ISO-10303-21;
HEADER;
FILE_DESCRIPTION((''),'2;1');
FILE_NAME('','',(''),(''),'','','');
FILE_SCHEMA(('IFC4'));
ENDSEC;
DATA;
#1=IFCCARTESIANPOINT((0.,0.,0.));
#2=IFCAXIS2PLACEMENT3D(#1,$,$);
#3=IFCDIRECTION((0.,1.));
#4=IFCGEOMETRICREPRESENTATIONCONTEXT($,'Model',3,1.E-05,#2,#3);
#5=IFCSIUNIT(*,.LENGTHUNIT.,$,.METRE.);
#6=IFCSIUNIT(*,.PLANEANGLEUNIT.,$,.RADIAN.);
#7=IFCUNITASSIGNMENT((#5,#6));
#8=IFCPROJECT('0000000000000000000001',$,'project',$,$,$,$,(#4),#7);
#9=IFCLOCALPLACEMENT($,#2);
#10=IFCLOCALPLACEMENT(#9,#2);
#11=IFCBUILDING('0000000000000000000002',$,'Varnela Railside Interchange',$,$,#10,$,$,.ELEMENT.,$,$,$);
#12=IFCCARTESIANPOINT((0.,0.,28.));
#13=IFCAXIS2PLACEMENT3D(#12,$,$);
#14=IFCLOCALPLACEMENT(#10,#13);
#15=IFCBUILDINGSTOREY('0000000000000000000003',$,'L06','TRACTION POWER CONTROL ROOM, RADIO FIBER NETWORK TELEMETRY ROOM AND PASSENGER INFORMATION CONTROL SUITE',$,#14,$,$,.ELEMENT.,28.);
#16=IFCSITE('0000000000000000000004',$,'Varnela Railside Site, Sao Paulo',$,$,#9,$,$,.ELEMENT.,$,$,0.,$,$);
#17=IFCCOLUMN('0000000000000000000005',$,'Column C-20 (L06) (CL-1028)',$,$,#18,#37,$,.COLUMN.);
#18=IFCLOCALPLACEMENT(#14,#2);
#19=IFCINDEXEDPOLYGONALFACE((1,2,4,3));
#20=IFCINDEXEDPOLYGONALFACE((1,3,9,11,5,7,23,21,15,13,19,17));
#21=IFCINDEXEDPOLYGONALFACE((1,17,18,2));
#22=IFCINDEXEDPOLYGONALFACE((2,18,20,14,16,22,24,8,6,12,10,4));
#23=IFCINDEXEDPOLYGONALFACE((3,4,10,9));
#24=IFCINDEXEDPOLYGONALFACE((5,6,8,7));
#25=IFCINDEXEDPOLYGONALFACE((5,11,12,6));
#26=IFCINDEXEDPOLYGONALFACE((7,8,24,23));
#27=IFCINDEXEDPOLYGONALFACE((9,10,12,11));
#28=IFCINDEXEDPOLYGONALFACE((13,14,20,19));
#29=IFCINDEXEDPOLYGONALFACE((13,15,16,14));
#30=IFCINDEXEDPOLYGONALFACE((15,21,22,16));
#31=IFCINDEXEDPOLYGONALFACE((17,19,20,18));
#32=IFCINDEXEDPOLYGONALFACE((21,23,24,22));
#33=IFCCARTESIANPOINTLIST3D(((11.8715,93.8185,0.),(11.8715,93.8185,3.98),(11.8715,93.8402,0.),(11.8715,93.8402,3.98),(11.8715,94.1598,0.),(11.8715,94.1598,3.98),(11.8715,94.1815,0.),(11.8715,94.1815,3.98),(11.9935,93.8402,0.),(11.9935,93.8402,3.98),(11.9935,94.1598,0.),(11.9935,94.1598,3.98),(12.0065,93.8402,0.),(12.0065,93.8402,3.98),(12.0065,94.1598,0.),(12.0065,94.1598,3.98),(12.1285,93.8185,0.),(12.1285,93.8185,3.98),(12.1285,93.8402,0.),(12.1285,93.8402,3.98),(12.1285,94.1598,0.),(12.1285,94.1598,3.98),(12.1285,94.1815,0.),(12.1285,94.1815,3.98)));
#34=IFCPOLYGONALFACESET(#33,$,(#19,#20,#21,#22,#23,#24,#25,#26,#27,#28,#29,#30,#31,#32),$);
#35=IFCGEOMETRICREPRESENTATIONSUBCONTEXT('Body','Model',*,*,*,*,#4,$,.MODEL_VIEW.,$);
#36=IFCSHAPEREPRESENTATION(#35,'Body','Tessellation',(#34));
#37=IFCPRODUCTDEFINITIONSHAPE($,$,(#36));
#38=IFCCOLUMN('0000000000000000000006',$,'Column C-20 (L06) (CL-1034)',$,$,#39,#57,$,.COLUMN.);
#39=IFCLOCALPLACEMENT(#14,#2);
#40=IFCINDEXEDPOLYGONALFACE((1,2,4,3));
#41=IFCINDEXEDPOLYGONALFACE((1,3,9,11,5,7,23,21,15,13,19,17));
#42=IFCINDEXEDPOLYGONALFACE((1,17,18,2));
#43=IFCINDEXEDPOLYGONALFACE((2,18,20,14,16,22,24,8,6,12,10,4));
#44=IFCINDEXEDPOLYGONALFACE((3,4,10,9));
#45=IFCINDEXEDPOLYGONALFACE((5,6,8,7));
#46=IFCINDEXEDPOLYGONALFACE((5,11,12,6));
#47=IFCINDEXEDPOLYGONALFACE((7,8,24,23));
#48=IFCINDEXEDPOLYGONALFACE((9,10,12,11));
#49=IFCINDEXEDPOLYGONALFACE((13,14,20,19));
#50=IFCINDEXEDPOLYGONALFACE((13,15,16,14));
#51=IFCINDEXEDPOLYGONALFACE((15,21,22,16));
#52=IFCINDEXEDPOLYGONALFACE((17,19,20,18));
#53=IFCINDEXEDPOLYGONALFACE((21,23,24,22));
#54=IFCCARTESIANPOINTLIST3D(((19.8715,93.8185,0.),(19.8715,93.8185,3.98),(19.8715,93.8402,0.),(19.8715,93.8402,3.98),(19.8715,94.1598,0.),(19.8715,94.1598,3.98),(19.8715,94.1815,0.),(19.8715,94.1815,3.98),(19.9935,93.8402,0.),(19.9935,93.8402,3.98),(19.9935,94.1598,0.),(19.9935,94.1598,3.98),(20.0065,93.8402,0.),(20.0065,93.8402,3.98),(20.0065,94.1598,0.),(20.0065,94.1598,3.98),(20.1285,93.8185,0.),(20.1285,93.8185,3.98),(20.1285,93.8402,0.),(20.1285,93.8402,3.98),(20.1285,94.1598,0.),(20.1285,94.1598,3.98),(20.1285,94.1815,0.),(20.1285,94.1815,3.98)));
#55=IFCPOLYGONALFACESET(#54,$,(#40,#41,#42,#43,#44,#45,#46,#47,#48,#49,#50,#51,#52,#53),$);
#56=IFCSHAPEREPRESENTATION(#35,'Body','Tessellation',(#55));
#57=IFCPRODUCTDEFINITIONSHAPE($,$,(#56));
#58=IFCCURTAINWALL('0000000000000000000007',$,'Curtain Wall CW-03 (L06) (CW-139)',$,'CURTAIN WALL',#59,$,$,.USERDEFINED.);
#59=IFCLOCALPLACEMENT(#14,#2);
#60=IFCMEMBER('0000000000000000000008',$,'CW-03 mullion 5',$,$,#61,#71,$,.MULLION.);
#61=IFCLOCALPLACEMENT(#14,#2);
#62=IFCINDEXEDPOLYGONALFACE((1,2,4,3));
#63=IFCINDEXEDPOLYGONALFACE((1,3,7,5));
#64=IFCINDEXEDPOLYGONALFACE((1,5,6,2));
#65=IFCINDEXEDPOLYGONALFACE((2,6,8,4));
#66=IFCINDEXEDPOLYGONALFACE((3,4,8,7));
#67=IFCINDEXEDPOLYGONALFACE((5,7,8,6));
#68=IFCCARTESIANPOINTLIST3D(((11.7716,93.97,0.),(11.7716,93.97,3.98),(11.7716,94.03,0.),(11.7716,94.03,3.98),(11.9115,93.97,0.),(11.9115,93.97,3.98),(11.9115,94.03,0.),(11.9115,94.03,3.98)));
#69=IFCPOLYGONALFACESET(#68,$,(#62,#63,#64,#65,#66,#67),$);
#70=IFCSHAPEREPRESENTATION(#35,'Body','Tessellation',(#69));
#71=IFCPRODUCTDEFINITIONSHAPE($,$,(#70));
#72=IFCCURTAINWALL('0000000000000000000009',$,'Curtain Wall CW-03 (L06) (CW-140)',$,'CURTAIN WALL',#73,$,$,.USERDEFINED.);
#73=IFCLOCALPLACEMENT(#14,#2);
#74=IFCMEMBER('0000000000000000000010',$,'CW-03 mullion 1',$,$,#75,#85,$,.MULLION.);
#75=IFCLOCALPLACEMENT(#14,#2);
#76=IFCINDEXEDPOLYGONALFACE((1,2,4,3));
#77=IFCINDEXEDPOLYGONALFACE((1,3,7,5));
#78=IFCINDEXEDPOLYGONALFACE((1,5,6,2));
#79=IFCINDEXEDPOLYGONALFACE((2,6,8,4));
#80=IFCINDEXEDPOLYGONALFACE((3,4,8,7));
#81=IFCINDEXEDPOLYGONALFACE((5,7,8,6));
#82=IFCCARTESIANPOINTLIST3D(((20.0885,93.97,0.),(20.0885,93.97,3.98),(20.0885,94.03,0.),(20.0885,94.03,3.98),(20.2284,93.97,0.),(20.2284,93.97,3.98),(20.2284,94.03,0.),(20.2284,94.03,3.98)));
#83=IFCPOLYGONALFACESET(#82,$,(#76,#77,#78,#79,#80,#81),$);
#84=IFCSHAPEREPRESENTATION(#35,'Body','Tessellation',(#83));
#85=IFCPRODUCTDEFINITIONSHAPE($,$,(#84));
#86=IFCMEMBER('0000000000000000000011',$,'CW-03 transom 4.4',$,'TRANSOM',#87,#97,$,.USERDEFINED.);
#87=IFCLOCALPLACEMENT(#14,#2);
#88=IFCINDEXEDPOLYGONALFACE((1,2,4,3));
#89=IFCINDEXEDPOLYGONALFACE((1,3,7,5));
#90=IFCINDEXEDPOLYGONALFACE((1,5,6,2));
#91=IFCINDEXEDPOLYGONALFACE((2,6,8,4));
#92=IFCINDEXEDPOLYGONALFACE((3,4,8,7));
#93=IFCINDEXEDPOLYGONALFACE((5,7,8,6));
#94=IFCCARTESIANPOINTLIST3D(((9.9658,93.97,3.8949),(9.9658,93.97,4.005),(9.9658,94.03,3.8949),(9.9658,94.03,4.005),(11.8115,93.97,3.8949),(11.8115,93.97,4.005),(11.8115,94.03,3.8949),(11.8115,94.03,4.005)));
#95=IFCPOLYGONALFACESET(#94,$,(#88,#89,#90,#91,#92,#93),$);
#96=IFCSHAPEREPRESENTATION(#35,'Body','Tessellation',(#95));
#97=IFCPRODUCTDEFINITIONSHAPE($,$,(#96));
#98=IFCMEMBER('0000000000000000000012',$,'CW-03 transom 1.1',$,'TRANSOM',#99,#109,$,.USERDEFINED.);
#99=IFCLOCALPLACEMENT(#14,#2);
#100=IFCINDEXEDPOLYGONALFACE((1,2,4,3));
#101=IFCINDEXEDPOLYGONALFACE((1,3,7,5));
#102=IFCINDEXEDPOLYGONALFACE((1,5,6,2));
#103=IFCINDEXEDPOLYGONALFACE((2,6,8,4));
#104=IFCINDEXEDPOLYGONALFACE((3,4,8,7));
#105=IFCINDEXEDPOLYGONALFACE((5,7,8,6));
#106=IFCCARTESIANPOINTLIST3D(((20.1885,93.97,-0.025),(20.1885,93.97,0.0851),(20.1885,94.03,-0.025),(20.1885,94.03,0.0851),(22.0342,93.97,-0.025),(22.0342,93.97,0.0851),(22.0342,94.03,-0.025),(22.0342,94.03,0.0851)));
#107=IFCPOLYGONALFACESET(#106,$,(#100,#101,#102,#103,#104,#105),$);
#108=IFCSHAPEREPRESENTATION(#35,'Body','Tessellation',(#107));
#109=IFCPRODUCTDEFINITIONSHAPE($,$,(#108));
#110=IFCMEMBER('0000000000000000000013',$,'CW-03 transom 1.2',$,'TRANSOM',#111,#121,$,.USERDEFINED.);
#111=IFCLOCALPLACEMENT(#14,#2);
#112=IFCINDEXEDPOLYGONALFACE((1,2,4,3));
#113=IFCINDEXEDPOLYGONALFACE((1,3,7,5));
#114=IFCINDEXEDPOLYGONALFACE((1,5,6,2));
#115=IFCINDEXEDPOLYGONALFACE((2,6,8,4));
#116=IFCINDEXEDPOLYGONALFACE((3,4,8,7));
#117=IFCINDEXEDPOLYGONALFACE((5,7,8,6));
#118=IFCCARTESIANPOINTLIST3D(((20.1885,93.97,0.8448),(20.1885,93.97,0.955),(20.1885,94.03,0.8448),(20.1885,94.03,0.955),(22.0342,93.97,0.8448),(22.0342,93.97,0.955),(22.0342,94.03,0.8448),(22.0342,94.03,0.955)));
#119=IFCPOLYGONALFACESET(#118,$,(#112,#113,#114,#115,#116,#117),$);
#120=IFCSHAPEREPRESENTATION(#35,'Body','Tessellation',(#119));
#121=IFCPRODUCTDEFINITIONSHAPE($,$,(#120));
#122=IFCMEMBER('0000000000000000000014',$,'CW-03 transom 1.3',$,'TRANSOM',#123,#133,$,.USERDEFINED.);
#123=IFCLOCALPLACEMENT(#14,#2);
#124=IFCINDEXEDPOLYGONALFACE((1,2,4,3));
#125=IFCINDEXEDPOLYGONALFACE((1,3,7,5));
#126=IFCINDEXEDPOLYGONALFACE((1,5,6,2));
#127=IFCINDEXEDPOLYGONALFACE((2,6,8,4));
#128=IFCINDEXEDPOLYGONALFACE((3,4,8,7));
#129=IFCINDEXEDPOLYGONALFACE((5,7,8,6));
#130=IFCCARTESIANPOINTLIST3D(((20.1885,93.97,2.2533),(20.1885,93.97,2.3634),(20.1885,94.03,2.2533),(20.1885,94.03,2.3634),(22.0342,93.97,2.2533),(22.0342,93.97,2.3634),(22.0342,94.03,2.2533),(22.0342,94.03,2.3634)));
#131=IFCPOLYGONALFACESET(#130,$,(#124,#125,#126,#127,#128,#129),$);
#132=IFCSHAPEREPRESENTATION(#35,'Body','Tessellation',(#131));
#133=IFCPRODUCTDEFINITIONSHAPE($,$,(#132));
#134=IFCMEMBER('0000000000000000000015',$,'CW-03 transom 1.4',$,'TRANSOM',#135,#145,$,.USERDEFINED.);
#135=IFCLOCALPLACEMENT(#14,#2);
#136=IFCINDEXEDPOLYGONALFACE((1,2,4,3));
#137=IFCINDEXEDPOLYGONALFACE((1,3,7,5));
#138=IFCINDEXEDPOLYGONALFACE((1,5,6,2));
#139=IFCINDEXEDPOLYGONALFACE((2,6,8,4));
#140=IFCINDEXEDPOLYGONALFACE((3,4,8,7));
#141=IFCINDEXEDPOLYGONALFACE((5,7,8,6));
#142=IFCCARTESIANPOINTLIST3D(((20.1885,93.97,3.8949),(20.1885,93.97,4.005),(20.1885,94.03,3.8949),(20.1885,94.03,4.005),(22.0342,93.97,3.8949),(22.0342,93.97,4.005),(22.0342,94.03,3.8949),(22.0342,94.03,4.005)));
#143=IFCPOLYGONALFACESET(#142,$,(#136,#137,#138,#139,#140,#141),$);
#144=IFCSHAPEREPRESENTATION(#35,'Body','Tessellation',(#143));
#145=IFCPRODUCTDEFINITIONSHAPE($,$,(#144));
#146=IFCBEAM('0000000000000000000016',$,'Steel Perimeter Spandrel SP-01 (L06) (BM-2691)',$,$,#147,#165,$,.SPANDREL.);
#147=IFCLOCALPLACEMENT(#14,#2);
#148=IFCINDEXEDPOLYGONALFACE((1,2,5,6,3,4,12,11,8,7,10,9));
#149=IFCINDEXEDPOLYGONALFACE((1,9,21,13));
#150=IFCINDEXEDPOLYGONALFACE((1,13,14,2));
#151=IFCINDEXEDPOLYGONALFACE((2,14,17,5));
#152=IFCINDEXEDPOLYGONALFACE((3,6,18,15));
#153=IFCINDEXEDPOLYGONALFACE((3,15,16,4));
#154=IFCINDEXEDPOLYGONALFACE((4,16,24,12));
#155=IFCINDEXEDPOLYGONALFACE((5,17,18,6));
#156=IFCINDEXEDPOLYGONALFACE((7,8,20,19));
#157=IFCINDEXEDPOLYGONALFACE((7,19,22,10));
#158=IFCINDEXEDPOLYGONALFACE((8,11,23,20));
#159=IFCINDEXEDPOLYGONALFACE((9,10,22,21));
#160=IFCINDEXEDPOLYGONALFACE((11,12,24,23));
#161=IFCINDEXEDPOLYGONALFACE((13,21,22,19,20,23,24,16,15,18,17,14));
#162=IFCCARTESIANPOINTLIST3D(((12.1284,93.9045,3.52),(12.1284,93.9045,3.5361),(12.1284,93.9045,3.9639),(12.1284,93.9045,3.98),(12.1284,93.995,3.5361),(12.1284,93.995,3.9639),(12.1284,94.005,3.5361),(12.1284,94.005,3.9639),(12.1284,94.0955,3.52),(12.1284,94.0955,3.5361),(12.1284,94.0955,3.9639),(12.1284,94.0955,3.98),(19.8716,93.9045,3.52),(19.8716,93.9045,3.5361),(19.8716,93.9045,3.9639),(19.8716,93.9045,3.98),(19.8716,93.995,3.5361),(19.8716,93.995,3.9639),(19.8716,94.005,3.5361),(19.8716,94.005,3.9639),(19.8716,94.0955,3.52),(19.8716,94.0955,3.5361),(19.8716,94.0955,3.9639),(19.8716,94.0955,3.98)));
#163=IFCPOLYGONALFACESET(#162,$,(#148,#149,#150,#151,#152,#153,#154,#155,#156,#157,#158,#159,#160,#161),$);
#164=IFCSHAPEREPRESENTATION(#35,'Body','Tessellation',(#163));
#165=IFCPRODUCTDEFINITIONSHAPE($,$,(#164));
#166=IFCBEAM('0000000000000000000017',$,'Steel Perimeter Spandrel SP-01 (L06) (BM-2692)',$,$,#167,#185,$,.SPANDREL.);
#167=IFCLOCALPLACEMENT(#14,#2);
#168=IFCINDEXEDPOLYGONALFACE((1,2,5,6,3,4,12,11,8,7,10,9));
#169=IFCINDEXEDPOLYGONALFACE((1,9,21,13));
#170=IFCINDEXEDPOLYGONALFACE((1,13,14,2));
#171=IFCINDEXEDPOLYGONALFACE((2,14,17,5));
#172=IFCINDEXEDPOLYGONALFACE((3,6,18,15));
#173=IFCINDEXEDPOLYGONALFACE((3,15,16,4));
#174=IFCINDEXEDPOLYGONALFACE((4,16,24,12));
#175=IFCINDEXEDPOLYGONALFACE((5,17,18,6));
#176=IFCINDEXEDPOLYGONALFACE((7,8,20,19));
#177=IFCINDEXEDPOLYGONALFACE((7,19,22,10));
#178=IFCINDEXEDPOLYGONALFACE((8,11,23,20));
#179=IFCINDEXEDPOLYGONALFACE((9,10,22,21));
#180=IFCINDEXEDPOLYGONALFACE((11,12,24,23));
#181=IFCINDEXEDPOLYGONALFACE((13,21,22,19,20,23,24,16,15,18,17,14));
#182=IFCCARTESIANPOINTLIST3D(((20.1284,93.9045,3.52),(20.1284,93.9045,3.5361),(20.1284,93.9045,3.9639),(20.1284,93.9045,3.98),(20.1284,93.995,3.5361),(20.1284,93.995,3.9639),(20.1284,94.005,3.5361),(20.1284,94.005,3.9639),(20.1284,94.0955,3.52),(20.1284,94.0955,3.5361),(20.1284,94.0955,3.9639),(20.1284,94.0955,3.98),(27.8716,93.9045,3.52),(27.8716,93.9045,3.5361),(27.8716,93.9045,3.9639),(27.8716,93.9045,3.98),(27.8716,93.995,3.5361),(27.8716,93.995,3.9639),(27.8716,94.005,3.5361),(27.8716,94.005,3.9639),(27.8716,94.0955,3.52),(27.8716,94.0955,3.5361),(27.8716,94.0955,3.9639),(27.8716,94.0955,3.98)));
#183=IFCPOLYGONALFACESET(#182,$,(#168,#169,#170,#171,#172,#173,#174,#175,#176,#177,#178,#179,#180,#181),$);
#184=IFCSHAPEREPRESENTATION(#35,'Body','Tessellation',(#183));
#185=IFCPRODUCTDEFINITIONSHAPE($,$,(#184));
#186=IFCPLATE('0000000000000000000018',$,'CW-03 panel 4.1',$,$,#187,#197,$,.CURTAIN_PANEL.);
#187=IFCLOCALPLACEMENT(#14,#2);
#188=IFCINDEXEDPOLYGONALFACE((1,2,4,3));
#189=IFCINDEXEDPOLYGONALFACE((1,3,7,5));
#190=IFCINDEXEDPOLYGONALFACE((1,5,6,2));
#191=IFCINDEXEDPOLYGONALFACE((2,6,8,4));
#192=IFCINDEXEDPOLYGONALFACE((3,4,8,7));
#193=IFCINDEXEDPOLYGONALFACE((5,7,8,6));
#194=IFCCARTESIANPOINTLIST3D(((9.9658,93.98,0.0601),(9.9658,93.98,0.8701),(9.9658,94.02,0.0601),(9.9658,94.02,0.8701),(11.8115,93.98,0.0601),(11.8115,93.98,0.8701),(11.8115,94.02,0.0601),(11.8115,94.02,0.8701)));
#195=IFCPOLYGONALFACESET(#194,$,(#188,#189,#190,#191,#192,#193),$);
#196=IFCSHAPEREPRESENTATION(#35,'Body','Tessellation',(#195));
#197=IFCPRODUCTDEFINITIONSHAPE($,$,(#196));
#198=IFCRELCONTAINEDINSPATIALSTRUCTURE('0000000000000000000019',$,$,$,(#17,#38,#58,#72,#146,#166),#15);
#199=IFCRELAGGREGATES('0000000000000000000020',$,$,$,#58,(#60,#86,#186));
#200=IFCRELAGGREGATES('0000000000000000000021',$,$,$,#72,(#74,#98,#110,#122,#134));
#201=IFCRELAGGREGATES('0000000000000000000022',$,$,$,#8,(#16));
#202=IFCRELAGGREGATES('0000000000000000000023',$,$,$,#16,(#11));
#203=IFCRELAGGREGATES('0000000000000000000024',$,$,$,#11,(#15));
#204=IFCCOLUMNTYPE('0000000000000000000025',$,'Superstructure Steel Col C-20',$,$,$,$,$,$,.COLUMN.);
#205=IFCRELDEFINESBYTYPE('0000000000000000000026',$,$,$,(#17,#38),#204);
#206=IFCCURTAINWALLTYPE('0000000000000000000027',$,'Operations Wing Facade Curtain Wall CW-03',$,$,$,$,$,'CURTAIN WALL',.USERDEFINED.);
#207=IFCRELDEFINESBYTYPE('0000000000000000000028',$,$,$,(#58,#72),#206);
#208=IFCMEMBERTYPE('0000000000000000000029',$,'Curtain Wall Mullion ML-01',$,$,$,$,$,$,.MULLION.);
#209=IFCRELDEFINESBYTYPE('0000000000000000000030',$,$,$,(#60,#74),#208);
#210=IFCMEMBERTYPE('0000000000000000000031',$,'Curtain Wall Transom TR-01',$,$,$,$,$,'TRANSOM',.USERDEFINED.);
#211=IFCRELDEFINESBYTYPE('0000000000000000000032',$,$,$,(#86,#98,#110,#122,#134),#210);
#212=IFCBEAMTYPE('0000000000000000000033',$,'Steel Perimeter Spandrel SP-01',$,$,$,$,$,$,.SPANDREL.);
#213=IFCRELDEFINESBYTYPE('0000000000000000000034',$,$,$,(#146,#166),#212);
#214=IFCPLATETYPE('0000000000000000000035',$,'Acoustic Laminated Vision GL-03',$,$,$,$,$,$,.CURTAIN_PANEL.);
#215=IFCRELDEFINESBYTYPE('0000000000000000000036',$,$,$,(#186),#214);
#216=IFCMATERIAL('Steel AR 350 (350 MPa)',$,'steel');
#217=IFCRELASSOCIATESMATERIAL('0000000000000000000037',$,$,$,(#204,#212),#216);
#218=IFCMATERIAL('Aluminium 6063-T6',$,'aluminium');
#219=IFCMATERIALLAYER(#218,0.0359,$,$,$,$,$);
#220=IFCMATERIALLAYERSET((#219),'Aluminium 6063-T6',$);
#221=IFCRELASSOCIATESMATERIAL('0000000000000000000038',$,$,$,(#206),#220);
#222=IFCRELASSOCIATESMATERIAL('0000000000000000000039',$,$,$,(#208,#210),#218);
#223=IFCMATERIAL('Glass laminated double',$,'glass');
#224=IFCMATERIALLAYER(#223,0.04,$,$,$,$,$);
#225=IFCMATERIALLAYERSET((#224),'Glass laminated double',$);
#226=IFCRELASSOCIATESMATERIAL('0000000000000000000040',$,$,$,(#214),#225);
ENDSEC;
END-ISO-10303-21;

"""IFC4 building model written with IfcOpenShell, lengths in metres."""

from ifc_helpers import new_model, si_unit, direction, frame, origin, origin_2d, place, context, subcontext, project, spatial, rectangle, i_section, extrude, material, layer, layer_set, material_profile, profile_set, type_object, element, aggregate, save


model = new_model("IFC4")

# Units and contexts
model_context = context("Model", 3, precision=1e-05, world=origin(), true_north=direction((0.0, 1.0)))
body_context = subcontext(model_context, "Body", "Model", "MODEL_VIEW")
ifc_project = project(units=[si_unit("LENGTHUNIT", "METRE"), si_unit("PLANEANGLEUNIT", "RADIAN")], contexts=[model_context])

# Site, building, storey
site_placement = place(None, origin())
site = spatial("IfcSite", under=ifc_project, at=site_placement, Name="Varnela Railside Site, Sao Paulo", CompositionType="ELEMENT", RefElevation=0.0)
building_placement = place(site_placement, origin())
building = spatial("IfcBuilding", under=site, at=building_placement, Name="Varnela Railside Interchange", CompositionType="ELEMENT")
storey_placement = place(building_placement, frame((0.0, 0.0, 28.0)))
storey = spatial("IfcBuildingStorey", under=building, at=storey_placement, Name="L06", Description="TRACTION POWER CONTROL ROOM, RADIO FIBER NETWORK TELEMETRY ROOM AND PASSENGER INFORMATION CONTROL SUITE", CompositionType="ELEMENT", Elevation=28.0)

# Columns
ifc_material_1 = material(Name="Steel AR 350 (350 MPa)", Category="steel")
ifc_material_profile_1 = material_profile(ifc_material_1, i_section(OverallWidth=0.2571, OverallDepth=0.363, WebThickness=0.0129, FlangeThickness=0.0217, at=origin_2d()), Name="W360x122")
ifc_profile_set_1 = profile_set([ifc_material_profile_1], Name="Steel AR 350 (350 MPa)")
column_type = type_object("IfcColumnType", Name="Superstructure Steel Col C-20", PredefinedType="COLUMN", material=ifc_profile_set_1)
for number, where, z_axis, x_axis, name in (
    (1, (12.0, 94.0, 0.0), (0.0, 0.0, 1.0), (1.0, 0.0, 0.0), "Column C-20 (L06) (CL-1028)"),
    (2, (20.0, 94.0, 0.0), (0.0, 0.0, 1.0), (1.0, 0.0, 0.0), "Column C-20 (L06) (CL-1034)"),
):
    element("IfcColumn", number, at=place(storey_placement, frame(where, z_axis=z_axis, x_axis=x_axis)), inside=storey, type_object=column_type, Name=name, PredefinedType="COLUMN", context=body_context, shape_type="SweptSolid", body=[
        extrude(i_section(OverallWidth=0.2571, OverallDepth=0.363, WebThickness=0.0129, FlangeThickness=0.0217, at=origin_2d()), origin(), (0.0, 0.0, 1.0), 3.98),
    ])

# Curtain walls, members
ifc_material_2 = material(Name="Aluminium 6063-T6", Category="aluminium")
ifc_layer_1 = layer(ifc_material_2, 0.0359)
ifc_layer_set_1 = layer_set([ifc_layer_1], Name="Aluminium 6063-T6")
curtain_wall_type = type_object("IfcCurtainWallType", Name="Operations Wing Facade Curtain Wall CW-03", ElementType="CURTAIN WALL", PredefinedType="USERDEFINED", material=ifc_layer_set_1)
curtain_wall_1_placement = place(storey_placement, origin())
curtain_wall_1 = element("IfcCurtainWall", 3, at=curtain_wall_1_placement, inside=storey, type_object=curtain_wall_type, Name="Curtain Wall CW-03 (L06) (CW-139)", ObjectType="CURTAIN WALL", PredefinedType="USERDEFINED")
ifc_material_profile_2 = material_profile(ifc_material_2, rectangle(XDim=0.0601, YDim=0.1399, at=origin_2d()), Name="ALU 60x140")
ifc_profile_set_2 = profile_set([ifc_material_profile_2], Name="Aluminium 6063-T6")
member_type_1 = type_object("IfcMemberType", Name="Curtain Wall Mullion ML-01", PredefinedType="MULLION", material=ifc_profile_set_2)
member_1_placement = place(storey_placement, frame((11.8416, 94.0, 0.0), z_axis=(0.0, 0.0, 1.0), x_axis=(0.0, 1.0, 0.0)))
member_1 = element("IfcMember", 4, at=member_1_placement, type_object=member_type_1, Name="CW-03 mullion 5", PredefinedType="MULLION", context=body_context, shape_type="SweptSolid", body=[
    extrude(rectangle(XDim=0.0601, YDim=0.1399, at=origin_2d()), origin(), (0.0, 0.0, 1.0), 3.98),
])
curtain_wall_2_placement = place(storey_placement, origin())
curtain_wall_2 = element("IfcCurtainWall", 5, at=curtain_wall_2_placement, inside=storey, type_object=curtain_wall_type, Name="Curtain Wall CW-03 (L06) (CW-140)", ObjectType="CURTAIN WALL", PredefinedType="USERDEFINED")
member_2_placement = place(storey_placement, frame((20.1584, 94.0, 0.0), z_axis=(0.0, 0.0, 1.0), x_axis=(0.0, 1.0, 0.0)))
member_2 = element("IfcMember", 6, at=member_2_placement, type_object=member_type_1, Name="CW-03 mullion 1", PredefinedType="MULLION", context=body_context, shape_type="SweptSolid", body=[
    extrude(rectangle(XDim=0.0601, YDim=0.1399, at=origin_2d()), origin(), (0.0, 0.0, 1.0), 3.98),
])

# Members
ifc_material_profile_3 = material_profile(ifc_material_2, rectangle(XDim=0.0601, YDim=0.1101, at=origin_2d()), Name="ALU 60x110")
ifc_profile_set_3 = profile_set([ifc_material_profile_3], Name="Aluminium 6063-T6")
member_type_2 = type_object("IfcMemberType", Name="Curtain Wall Transom TR-01", ElementType="TRANSOM", PredefinedType="USERDEFINED", material=ifc_profile_set_3)
member_3_placement = place(storey_placement, frame((9.9658, 94.0, 3.95), z_axis=(1.0, 0.0, 0.0), x_axis=(0.0, 1.0, 0.0)))
member_3 = element("IfcMember", 7, at=member_3_placement, type_object=member_type_2, Name="CW-03 transom 4.4", ObjectType="TRANSOM", PredefinedType="USERDEFINED", context=body_context, shape_type="SweptSolid", body=[
    extrude(rectangle(XDim=0.0601, YDim=0.1101, at=origin_2d()), origin(), (0.0, 0.0, 1.0), 1.8457),
])
member_4_placement = place(storey_placement, frame((20.1885, 94.0, 0.03), z_axis=(1.0, 0.0, 0.0), x_axis=(0.0, 1.0, 0.0)))
member_4 = element("IfcMember", 8, at=member_4_placement, type_object=member_type_2, Name="CW-03 transom 1.1", ObjectType="TRANSOM", PredefinedType="USERDEFINED", context=body_context, shape_type="SweptSolid", body=[
    extrude(rectangle(XDim=0.0601, YDim=0.1101, at=origin_2d()), origin(), (0.0, 0.0, 1.0), 1.8457),
])
member_5_placement = place(storey_placement, frame((20.1885, 94.0, 0.8999), z_axis=(1.0, 0.0, 0.0), x_axis=(0.0, 1.0, 0.0)))
member_5 = element("IfcMember", 9, at=member_5_placement, type_object=member_type_2, Name="CW-03 transom 1.2", ObjectType="TRANSOM", PredefinedType="USERDEFINED", context=body_context, shape_type="SweptSolid", body=[
    extrude(rectangle(XDim=0.0601, YDim=0.1101, at=origin_2d()), origin(), (0.0, 0.0, 1.0), 1.8457),
])
member_6_placement = place(storey_placement, frame((20.1885, 94.0, 2.3083), z_axis=(1.0, 0.0, 0.0), x_axis=(0.0, 1.0, 0.0)))
member_6 = element("IfcMember", 10, at=member_6_placement, type_object=member_type_2, Name="CW-03 transom 1.3", ObjectType="TRANSOM", PredefinedType="USERDEFINED", context=body_context, shape_type="SweptSolid", body=[
    extrude(rectangle(XDim=0.0601, YDim=0.1101, at=origin_2d()), origin(), (0.0, 0.0, 1.0), 1.8457),
])
member_7_placement = place(storey_placement, frame((20.1885, 94.0, 3.95), z_axis=(1.0, 0.0, 0.0), x_axis=(0.0, 1.0, 0.0)))
member_7 = element("IfcMember", 11, at=member_7_placement, type_object=member_type_2, Name="CW-03 transom 1.4", ObjectType="TRANSOM", PredefinedType="USERDEFINED", context=body_context, shape_type="SweptSolid", body=[
    extrude(rectangle(XDim=0.0601, YDim=0.1101, at=origin_2d()), origin(), (0.0, 0.0, 1.0), 1.8457),
])

# Beams
ifc_material_profile_4 = material_profile(ifc_material_1, i_section(OverallWidth=0.1909, OverallDepth=0.46, WebThickness=0.01, FlangeThickness=0.0161, at=origin_2d()), Name="W460x82")
ifc_profile_set_4 = profile_set([ifc_material_profile_4], Name="Steel AR 350 (350 MPa)")
beam_type = type_object("IfcBeamType", Name="Steel Perimeter Spandrel SP-01", PredefinedType="SPANDREL", material=ifc_profile_set_4)
for number, where, z_axis, x_axis, name in (
    (12, (12.1284, 94.0, 3.75), (1.0, 0.0, 0.0), (0.0, 1.0, 0.0), "Steel Perimeter Spandrel SP-01 (L06) (BM-2691)"),
    (13, (20.1284, 94.0, 3.75), (1.0, 0.0, 0.0), (0.0, 1.0, 0.0), "Steel Perimeter Spandrel SP-01 (L06) (BM-2692)"),
):
    element("IfcBeam", number, at=place(storey_placement, frame(where, z_axis=z_axis, x_axis=x_axis)), inside=storey, type_object=beam_type, Name=name, PredefinedType="SPANDREL", context=body_context, shape_type="SweptSolid", body=[
        extrude(i_section(OverallWidth=0.1909, OverallDepth=0.46, WebThickness=0.01, FlangeThickness=0.0161, at=origin_2d()), origin(), (0.0, 0.0, 1.0), 7.7432),
    ])

# Plate
ifc_material_3 = material(Name="Glass laminated double", Category="glass")
ifc_layer_2 = layer(ifc_material_3, 0.04)
ifc_layer_set_2 = layer_set([ifc_layer_2], Name="Glass laminated double")
plate_type = type_object("IfcPlateType", Name="Acoustic Laminated Vision GL-03", PredefinedType="CURTAIN_PANEL", material=ifc_layer_set_2)
plate_1_placement = place(storey_placement, frame((10.8887, 94.0, 0.0601), z_axis=(0.0, 0.0, 1.0), x_axis=(1.0, 0.0, 0.0)))
plate_1 = element("IfcPlate", 14, at=plate_1_placement, type_object=plate_type, Name="CW-03 panel 4.1", PredefinedType="CURTAIN_PANEL", context=body_context, shape_type="SweptSolid", body=[
    extrude(rectangle(XDim=1.8457, YDim=0.04, at=origin_2d()), origin(), (0.0, 0.0, 1.0), 0.8101),
])
aggregate(curtain_wall_1, [member_1, member_3, plate_1])
aggregate(curtain_wall_2, [member_2, member_4, member_5, member_6, member_7])

save(model, "model.ifc")
